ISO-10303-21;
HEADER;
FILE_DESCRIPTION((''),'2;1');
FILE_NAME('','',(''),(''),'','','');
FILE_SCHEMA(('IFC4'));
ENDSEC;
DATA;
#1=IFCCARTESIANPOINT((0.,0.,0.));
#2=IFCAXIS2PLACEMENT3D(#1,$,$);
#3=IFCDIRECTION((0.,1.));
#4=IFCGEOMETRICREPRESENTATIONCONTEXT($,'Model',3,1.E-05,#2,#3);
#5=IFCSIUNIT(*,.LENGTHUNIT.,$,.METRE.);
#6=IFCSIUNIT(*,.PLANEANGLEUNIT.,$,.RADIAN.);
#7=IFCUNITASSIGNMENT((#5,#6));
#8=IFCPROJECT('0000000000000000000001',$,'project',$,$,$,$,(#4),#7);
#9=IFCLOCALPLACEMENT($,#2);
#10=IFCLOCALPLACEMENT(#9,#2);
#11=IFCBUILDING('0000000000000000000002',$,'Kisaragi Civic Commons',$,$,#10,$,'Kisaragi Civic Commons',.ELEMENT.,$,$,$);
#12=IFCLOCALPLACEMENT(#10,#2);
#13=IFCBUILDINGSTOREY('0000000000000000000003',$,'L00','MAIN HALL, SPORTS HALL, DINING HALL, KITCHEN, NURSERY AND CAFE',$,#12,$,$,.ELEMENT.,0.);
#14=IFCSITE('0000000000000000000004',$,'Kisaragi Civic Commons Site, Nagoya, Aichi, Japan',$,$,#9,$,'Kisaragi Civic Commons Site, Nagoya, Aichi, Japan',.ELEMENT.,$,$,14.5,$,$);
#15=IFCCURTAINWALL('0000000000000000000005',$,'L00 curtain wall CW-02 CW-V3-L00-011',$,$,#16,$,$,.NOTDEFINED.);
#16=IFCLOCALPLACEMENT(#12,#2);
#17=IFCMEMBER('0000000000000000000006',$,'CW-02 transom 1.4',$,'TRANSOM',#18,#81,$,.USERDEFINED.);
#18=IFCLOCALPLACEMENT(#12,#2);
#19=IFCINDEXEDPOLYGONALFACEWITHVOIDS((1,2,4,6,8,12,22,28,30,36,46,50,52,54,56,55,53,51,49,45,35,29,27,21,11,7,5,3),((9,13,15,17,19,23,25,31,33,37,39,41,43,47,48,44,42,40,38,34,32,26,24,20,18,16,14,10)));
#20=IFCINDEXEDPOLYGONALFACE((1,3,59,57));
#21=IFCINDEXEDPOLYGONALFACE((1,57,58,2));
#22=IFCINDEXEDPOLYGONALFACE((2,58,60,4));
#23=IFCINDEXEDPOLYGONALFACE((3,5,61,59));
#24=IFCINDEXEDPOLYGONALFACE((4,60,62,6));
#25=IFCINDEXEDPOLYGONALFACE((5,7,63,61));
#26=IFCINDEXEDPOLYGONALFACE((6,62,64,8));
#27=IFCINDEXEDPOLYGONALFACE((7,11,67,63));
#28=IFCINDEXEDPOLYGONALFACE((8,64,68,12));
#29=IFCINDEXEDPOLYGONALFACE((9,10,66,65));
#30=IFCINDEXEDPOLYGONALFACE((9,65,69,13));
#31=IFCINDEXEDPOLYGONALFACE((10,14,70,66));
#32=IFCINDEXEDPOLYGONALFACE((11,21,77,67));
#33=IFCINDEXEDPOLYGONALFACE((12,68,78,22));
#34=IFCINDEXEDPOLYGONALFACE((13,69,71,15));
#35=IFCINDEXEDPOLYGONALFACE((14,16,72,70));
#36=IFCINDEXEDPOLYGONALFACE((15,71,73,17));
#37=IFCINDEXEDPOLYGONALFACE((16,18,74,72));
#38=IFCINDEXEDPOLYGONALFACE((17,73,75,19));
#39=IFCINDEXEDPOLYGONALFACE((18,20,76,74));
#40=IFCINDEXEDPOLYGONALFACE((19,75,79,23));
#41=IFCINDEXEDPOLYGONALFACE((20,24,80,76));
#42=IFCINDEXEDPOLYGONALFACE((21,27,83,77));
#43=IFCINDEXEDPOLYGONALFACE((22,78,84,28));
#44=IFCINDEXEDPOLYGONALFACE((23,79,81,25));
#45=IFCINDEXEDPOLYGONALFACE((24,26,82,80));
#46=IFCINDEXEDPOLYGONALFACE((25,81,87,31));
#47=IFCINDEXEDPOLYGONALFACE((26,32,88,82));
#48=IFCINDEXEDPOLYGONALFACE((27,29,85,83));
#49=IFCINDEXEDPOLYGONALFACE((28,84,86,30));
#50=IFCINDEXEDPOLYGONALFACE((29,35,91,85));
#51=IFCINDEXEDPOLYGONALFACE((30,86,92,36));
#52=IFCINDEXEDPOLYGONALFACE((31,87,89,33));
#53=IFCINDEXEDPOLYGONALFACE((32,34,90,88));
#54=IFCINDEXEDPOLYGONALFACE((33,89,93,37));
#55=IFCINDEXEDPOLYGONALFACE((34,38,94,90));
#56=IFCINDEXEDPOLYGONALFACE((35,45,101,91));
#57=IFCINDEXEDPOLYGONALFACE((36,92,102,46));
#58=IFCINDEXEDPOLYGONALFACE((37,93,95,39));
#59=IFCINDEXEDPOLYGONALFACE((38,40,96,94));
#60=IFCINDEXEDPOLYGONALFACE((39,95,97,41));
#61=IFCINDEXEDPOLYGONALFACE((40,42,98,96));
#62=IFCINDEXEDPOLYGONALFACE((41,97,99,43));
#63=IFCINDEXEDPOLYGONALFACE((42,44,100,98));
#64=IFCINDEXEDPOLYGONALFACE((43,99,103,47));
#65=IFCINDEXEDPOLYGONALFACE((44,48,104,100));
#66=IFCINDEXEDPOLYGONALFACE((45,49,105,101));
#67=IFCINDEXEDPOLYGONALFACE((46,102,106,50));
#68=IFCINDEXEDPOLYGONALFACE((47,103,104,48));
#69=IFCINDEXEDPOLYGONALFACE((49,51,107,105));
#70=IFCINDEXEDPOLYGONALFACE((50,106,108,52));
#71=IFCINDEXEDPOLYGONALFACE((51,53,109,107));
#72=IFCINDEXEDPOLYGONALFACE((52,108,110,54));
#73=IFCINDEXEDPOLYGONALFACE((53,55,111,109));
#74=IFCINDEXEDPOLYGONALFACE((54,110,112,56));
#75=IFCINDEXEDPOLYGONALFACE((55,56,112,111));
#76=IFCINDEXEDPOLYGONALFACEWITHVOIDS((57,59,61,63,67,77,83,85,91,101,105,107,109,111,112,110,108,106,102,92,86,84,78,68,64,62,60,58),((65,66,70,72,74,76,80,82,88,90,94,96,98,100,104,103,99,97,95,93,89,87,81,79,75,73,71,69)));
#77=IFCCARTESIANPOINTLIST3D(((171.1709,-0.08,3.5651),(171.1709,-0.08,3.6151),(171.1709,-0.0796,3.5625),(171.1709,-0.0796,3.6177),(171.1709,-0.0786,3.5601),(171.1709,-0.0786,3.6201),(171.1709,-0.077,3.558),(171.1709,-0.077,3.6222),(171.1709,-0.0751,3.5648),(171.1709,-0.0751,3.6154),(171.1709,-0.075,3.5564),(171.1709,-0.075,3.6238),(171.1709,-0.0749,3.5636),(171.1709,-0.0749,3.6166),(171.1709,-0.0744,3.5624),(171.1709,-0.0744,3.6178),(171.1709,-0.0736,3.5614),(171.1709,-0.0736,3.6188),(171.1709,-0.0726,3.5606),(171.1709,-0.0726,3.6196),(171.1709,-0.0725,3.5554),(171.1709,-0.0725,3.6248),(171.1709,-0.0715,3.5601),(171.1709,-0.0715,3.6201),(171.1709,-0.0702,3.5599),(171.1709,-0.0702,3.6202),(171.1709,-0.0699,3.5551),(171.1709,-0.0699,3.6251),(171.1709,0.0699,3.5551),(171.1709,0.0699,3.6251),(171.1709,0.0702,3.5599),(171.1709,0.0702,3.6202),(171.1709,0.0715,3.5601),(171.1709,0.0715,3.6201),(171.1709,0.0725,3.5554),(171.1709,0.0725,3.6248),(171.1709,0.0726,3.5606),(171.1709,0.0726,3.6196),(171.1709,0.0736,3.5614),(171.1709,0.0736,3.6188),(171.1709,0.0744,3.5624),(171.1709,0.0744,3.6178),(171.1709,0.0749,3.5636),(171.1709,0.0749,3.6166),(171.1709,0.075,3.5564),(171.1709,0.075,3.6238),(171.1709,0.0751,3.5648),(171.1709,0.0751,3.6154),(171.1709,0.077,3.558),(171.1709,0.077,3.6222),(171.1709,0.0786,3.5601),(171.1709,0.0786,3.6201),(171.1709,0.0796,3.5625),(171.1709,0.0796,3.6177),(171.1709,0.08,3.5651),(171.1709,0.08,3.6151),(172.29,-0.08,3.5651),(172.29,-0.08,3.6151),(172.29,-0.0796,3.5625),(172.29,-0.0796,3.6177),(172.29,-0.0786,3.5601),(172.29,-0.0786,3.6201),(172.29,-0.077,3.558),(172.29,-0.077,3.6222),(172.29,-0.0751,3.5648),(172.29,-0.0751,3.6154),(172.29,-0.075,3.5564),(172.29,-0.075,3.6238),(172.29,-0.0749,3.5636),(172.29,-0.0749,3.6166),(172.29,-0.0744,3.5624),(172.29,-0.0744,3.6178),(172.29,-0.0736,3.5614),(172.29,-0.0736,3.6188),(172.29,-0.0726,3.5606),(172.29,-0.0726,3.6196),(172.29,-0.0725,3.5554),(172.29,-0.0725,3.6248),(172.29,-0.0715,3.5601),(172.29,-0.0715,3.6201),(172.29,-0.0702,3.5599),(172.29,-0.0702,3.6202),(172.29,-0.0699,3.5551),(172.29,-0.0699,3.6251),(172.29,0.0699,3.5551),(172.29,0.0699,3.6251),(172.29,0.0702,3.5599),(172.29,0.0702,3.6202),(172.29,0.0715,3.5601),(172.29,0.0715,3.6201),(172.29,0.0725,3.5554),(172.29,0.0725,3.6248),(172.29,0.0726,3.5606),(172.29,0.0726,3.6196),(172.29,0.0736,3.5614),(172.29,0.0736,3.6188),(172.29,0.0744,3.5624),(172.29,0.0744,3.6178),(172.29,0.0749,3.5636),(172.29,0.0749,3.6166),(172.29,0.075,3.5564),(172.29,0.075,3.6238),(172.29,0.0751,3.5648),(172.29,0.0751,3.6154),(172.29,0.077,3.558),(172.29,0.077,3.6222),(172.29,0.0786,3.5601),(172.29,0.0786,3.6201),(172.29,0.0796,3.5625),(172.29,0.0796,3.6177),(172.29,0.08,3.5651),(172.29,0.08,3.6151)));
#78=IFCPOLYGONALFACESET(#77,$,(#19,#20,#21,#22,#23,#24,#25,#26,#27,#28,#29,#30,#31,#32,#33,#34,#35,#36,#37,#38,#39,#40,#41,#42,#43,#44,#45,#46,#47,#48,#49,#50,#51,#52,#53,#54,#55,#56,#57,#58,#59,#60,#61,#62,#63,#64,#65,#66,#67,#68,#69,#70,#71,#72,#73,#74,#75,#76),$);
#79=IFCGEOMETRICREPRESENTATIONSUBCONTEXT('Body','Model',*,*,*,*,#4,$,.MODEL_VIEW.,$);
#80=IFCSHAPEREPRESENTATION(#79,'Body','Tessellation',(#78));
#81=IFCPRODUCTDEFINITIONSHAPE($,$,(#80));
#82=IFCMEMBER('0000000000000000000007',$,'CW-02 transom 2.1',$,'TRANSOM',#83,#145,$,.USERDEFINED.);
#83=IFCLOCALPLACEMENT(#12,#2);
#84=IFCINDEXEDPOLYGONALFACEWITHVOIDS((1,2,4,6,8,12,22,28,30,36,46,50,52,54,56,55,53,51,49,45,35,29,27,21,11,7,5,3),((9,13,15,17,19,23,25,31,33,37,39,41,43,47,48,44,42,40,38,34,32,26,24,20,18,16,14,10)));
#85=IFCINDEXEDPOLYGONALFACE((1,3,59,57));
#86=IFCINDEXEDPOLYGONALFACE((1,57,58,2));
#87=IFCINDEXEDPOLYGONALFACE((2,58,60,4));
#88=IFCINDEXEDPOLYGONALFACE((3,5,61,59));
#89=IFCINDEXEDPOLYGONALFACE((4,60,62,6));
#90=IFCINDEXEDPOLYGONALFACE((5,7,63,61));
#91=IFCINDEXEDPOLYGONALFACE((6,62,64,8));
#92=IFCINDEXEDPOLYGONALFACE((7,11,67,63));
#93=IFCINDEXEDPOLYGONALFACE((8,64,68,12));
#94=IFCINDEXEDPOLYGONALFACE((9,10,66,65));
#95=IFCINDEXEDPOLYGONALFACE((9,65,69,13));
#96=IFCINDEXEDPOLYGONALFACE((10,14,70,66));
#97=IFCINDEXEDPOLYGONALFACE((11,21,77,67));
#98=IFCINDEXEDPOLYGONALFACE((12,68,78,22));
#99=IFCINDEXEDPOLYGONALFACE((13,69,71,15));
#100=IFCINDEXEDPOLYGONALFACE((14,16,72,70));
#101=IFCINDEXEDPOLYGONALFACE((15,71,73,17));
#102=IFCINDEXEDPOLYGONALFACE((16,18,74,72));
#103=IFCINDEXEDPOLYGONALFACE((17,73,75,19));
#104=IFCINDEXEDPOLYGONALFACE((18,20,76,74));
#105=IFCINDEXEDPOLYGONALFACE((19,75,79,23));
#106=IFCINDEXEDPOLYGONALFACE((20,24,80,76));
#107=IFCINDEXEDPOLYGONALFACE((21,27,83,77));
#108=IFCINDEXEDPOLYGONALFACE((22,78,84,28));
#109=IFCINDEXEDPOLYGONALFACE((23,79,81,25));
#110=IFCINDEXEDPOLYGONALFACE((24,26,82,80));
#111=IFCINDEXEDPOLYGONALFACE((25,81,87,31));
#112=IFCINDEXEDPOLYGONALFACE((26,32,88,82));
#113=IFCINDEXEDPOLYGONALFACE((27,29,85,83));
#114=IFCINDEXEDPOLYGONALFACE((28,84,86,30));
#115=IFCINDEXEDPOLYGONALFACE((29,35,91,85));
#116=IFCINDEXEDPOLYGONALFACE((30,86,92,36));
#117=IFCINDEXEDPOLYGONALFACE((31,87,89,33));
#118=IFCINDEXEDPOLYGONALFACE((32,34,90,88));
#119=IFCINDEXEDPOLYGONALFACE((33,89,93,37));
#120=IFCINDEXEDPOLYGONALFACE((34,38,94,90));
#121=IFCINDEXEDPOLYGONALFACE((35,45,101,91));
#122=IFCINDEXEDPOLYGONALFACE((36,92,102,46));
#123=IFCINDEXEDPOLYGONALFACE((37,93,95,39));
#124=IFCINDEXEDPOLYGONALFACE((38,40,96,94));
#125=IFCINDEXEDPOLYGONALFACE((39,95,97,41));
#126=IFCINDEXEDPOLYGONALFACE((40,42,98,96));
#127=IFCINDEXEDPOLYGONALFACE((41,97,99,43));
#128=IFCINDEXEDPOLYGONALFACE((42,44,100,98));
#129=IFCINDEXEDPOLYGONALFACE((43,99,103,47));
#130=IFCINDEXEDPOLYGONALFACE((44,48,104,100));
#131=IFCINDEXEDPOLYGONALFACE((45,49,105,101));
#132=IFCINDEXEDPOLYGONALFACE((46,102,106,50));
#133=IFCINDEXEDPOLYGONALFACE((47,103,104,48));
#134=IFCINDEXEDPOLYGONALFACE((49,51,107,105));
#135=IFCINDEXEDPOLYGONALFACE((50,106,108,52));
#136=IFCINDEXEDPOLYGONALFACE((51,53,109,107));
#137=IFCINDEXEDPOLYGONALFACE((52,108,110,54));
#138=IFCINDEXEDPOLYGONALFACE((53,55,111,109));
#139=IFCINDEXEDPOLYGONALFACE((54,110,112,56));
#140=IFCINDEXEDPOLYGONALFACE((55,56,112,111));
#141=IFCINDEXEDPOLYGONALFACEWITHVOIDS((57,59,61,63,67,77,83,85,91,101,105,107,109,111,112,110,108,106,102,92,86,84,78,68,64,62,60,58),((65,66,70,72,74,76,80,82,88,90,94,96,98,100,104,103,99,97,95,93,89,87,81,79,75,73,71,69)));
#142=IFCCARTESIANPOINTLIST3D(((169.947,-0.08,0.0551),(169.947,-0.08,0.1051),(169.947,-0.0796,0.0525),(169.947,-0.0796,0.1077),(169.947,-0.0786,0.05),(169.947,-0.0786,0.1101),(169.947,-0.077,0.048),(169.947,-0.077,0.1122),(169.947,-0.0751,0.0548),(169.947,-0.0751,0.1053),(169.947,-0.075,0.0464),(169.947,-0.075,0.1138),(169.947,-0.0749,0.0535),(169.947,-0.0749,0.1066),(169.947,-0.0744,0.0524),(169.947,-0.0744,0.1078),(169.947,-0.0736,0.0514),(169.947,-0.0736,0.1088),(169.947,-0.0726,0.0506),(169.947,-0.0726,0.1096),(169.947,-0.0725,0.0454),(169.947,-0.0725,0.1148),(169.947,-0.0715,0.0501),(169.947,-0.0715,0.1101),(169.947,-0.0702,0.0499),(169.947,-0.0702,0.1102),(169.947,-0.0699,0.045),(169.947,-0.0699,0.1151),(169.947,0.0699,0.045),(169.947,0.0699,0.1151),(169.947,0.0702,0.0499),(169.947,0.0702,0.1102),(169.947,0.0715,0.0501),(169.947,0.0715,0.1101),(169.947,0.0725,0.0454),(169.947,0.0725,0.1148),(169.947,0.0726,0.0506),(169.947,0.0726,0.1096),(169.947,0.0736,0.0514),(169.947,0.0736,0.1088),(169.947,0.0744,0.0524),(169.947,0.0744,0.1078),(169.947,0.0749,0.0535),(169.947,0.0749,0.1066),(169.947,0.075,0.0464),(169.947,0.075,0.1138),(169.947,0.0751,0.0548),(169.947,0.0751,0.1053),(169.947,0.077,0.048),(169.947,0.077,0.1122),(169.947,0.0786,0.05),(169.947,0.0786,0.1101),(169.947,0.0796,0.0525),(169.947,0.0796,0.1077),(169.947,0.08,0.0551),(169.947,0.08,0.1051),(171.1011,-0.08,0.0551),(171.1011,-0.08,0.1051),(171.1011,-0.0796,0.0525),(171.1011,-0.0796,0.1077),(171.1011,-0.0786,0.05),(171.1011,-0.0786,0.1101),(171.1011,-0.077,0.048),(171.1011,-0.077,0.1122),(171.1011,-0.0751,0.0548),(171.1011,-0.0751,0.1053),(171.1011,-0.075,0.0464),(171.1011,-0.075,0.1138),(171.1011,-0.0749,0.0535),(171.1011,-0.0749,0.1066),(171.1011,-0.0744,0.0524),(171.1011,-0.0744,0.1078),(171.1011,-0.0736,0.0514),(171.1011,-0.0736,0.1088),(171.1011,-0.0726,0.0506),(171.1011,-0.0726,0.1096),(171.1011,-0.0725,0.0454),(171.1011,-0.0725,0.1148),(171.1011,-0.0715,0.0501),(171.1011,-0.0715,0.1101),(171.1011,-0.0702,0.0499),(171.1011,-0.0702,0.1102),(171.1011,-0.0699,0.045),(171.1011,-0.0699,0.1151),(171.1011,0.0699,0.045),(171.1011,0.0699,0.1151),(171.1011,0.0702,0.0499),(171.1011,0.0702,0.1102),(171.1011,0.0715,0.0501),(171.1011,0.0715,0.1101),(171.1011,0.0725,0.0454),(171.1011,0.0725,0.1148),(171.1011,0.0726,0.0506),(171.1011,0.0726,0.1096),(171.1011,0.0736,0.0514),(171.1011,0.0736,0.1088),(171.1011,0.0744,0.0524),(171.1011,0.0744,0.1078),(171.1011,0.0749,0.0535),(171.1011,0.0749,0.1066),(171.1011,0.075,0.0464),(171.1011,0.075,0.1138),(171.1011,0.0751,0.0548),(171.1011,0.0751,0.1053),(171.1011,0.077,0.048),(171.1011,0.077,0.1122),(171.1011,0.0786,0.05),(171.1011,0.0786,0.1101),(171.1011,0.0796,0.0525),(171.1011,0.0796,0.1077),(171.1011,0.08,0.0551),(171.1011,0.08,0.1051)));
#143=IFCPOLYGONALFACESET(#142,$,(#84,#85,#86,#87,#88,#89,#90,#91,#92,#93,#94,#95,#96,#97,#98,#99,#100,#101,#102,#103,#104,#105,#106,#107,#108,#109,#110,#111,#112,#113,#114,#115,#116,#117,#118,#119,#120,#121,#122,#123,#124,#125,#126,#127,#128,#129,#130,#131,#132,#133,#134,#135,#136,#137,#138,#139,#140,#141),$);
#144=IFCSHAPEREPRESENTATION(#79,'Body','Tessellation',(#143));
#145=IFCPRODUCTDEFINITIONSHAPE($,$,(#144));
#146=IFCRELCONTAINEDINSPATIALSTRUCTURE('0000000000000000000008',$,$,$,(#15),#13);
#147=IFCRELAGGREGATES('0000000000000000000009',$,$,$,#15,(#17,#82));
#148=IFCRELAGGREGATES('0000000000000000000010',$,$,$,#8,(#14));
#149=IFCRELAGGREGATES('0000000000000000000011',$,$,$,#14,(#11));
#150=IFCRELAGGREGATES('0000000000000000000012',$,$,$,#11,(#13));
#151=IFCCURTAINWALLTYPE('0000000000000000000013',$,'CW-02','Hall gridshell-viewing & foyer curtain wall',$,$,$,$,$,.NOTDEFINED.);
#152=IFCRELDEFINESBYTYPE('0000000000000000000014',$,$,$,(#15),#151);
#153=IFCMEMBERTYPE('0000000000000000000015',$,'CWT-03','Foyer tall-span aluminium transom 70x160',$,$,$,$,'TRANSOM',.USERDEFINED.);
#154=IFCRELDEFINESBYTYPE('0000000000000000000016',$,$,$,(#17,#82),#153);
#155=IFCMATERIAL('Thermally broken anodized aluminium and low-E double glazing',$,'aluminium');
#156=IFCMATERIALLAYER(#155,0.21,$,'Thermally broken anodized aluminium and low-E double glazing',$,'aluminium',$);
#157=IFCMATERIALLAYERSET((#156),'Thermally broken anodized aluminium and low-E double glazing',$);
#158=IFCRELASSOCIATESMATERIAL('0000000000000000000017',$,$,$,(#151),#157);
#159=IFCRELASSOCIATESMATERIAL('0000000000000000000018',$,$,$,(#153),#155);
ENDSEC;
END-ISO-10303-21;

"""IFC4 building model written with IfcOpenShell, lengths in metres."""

from ifc_helpers import new_model, si_unit, direction, frame, origin, origin_2d, place, context, subcontext, project, spatial, hollow_rectangle, extrude, material, layer, layer_set, material_profile, profile_set, type_object, element, aggregate, save


model = new_model("IFC4")

# Units and contexts
model_context = context("Model", 3, precision=1e-05, world=origin(), true_north=direction((0.0, 1.0)))
body_context = subcontext(model_context, "Body", "Model", "MODEL_VIEW")
ifc_project = project(units=[si_unit("LENGTHUNIT", "METRE"), si_unit("PLANEANGLEUNIT", "RADIAN")], contexts=[model_context])

# Site, building, storey
site_placement = place(None, origin())
site = spatial("IfcSite", under=ifc_project, at=site_placement, Name="Kisaragi Civic Commons Site, Nagoya, Aichi, Japan", LongName="Kisaragi Civic Commons Site, Nagoya, Aichi, Japan", CompositionType="ELEMENT", RefElevation=14.5)
building_placement = place(site_placement, origin())
building = spatial("IfcBuilding", under=site, at=building_placement, Name="Kisaragi Civic Commons", LongName="Kisaragi Civic Commons", CompositionType="ELEMENT")
storey_placement = place(building_placement, origin())
storey = spatial("IfcBuildingStorey", under=building, at=storey_placement, Name="L00", Description="MAIN HALL, SPORTS HALL, DINING HALL, KITCHEN, NURSERY AND CAFE", CompositionType="ELEMENT", Elevation=0.0)

# Curtain wall, members
ifc_material_1 = material(Name="Thermally broken anodized aluminium and low-E double glazing", Category="aluminium")
ifc_layer_1 = layer(ifc_material_1, 0.21, Name="Thermally broken anodized aluminium and low-E double glazing", Category="aluminium")
ifc_layer_set_1 = layer_set([ifc_layer_1], Name="Thermally broken anodized aluminium and low-E double glazing")
curtain_wall_type = type_object("IfcCurtainWallType", Name="CW-02", Description="Hall gridshell-viewing & foyer curtain wall", PredefinedType="NOTDEFINED", material=ifc_layer_set_1)
curtain_wall_placement = place(storey_placement, origin())
curtain_wall = element("IfcCurtainWall", 1, at=curtain_wall_placement, inside=storey, type_object=curtain_wall_type, Name="L00 curtain wall CW-02 CW-V3-L00-011", PredefinedType="NOTDEFINED")
ifc_material_profile_1 = material_profile(ifc_material_1, hollow_rectangle(XDim=0.1599, YDim=0.0701, WallThickness=0.0049, InnerFilletRadius=0.0049, OuterFilletRadius=0.01, at=origin_2d()), Name="CWT-70x160x5", Category="aluminium")
ifc_profile_set_1 = profile_set([ifc_material_profile_1], Name="Thermally broken anodized aluminium and low-E double glazing")
member_type_1 = type_object("IfcMemberType", Name="CWT-03", Description="Foyer tall-span aluminium transom 70x160", ElementType="TRANSOM", PredefinedType="USERDEFINED", material=ifc_profile_set_1)
member_1_placement = place(storey_placement, frame((172.29, 0.0, 3.5901), z_axis=(-1.0, 0.0, 0.0), x_axis=(0.0, -1.0, 0.0)))
member_1 = element("IfcMember", 2, at=member_1_placement, type_object=member_type_1, Name="CW-02 transom 1.4", ObjectType="TRANSOM", PredefinedType="USERDEFINED", context=body_context, shape_type="SweptSolid", body=[
    extrude(hollow_rectangle(XDim=0.1599, YDim=0.0701, WallThickness=0.0049, InnerFilletRadius=0.0049, OuterFilletRadius=0.01, at=origin_2d()), origin(), (0.0, 0.0, 1.0), 1.1191),
])
member_2_placement = place(storey_placement, frame((171.1011, 0.0, 0.0801), z_axis=(-1.0, 0.0, 0.0), x_axis=(0.0, -1.0, 0.0)))
member_2 = element("IfcMember", 3, at=member_2_placement, type_object=member_type_1, Name="CW-02 transom 2.1", ObjectType="TRANSOM", PredefinedType="USERDEFINED", context=body_context, shape_type="SweptSolid", body=[
    extrude(hollow_rectangle(XDim=0.1599, YDim=0.0701, WallThickness=0.0049, InnerFilletRadius=0.0049, OuterFilletRadius=0.01, at=origin_2d()), origin(), (0.0, 0.0, 1.0), 1.1541),
])

aggregate(curtain_wall, [member_1, member_2])

save(model, "model.ifc")
